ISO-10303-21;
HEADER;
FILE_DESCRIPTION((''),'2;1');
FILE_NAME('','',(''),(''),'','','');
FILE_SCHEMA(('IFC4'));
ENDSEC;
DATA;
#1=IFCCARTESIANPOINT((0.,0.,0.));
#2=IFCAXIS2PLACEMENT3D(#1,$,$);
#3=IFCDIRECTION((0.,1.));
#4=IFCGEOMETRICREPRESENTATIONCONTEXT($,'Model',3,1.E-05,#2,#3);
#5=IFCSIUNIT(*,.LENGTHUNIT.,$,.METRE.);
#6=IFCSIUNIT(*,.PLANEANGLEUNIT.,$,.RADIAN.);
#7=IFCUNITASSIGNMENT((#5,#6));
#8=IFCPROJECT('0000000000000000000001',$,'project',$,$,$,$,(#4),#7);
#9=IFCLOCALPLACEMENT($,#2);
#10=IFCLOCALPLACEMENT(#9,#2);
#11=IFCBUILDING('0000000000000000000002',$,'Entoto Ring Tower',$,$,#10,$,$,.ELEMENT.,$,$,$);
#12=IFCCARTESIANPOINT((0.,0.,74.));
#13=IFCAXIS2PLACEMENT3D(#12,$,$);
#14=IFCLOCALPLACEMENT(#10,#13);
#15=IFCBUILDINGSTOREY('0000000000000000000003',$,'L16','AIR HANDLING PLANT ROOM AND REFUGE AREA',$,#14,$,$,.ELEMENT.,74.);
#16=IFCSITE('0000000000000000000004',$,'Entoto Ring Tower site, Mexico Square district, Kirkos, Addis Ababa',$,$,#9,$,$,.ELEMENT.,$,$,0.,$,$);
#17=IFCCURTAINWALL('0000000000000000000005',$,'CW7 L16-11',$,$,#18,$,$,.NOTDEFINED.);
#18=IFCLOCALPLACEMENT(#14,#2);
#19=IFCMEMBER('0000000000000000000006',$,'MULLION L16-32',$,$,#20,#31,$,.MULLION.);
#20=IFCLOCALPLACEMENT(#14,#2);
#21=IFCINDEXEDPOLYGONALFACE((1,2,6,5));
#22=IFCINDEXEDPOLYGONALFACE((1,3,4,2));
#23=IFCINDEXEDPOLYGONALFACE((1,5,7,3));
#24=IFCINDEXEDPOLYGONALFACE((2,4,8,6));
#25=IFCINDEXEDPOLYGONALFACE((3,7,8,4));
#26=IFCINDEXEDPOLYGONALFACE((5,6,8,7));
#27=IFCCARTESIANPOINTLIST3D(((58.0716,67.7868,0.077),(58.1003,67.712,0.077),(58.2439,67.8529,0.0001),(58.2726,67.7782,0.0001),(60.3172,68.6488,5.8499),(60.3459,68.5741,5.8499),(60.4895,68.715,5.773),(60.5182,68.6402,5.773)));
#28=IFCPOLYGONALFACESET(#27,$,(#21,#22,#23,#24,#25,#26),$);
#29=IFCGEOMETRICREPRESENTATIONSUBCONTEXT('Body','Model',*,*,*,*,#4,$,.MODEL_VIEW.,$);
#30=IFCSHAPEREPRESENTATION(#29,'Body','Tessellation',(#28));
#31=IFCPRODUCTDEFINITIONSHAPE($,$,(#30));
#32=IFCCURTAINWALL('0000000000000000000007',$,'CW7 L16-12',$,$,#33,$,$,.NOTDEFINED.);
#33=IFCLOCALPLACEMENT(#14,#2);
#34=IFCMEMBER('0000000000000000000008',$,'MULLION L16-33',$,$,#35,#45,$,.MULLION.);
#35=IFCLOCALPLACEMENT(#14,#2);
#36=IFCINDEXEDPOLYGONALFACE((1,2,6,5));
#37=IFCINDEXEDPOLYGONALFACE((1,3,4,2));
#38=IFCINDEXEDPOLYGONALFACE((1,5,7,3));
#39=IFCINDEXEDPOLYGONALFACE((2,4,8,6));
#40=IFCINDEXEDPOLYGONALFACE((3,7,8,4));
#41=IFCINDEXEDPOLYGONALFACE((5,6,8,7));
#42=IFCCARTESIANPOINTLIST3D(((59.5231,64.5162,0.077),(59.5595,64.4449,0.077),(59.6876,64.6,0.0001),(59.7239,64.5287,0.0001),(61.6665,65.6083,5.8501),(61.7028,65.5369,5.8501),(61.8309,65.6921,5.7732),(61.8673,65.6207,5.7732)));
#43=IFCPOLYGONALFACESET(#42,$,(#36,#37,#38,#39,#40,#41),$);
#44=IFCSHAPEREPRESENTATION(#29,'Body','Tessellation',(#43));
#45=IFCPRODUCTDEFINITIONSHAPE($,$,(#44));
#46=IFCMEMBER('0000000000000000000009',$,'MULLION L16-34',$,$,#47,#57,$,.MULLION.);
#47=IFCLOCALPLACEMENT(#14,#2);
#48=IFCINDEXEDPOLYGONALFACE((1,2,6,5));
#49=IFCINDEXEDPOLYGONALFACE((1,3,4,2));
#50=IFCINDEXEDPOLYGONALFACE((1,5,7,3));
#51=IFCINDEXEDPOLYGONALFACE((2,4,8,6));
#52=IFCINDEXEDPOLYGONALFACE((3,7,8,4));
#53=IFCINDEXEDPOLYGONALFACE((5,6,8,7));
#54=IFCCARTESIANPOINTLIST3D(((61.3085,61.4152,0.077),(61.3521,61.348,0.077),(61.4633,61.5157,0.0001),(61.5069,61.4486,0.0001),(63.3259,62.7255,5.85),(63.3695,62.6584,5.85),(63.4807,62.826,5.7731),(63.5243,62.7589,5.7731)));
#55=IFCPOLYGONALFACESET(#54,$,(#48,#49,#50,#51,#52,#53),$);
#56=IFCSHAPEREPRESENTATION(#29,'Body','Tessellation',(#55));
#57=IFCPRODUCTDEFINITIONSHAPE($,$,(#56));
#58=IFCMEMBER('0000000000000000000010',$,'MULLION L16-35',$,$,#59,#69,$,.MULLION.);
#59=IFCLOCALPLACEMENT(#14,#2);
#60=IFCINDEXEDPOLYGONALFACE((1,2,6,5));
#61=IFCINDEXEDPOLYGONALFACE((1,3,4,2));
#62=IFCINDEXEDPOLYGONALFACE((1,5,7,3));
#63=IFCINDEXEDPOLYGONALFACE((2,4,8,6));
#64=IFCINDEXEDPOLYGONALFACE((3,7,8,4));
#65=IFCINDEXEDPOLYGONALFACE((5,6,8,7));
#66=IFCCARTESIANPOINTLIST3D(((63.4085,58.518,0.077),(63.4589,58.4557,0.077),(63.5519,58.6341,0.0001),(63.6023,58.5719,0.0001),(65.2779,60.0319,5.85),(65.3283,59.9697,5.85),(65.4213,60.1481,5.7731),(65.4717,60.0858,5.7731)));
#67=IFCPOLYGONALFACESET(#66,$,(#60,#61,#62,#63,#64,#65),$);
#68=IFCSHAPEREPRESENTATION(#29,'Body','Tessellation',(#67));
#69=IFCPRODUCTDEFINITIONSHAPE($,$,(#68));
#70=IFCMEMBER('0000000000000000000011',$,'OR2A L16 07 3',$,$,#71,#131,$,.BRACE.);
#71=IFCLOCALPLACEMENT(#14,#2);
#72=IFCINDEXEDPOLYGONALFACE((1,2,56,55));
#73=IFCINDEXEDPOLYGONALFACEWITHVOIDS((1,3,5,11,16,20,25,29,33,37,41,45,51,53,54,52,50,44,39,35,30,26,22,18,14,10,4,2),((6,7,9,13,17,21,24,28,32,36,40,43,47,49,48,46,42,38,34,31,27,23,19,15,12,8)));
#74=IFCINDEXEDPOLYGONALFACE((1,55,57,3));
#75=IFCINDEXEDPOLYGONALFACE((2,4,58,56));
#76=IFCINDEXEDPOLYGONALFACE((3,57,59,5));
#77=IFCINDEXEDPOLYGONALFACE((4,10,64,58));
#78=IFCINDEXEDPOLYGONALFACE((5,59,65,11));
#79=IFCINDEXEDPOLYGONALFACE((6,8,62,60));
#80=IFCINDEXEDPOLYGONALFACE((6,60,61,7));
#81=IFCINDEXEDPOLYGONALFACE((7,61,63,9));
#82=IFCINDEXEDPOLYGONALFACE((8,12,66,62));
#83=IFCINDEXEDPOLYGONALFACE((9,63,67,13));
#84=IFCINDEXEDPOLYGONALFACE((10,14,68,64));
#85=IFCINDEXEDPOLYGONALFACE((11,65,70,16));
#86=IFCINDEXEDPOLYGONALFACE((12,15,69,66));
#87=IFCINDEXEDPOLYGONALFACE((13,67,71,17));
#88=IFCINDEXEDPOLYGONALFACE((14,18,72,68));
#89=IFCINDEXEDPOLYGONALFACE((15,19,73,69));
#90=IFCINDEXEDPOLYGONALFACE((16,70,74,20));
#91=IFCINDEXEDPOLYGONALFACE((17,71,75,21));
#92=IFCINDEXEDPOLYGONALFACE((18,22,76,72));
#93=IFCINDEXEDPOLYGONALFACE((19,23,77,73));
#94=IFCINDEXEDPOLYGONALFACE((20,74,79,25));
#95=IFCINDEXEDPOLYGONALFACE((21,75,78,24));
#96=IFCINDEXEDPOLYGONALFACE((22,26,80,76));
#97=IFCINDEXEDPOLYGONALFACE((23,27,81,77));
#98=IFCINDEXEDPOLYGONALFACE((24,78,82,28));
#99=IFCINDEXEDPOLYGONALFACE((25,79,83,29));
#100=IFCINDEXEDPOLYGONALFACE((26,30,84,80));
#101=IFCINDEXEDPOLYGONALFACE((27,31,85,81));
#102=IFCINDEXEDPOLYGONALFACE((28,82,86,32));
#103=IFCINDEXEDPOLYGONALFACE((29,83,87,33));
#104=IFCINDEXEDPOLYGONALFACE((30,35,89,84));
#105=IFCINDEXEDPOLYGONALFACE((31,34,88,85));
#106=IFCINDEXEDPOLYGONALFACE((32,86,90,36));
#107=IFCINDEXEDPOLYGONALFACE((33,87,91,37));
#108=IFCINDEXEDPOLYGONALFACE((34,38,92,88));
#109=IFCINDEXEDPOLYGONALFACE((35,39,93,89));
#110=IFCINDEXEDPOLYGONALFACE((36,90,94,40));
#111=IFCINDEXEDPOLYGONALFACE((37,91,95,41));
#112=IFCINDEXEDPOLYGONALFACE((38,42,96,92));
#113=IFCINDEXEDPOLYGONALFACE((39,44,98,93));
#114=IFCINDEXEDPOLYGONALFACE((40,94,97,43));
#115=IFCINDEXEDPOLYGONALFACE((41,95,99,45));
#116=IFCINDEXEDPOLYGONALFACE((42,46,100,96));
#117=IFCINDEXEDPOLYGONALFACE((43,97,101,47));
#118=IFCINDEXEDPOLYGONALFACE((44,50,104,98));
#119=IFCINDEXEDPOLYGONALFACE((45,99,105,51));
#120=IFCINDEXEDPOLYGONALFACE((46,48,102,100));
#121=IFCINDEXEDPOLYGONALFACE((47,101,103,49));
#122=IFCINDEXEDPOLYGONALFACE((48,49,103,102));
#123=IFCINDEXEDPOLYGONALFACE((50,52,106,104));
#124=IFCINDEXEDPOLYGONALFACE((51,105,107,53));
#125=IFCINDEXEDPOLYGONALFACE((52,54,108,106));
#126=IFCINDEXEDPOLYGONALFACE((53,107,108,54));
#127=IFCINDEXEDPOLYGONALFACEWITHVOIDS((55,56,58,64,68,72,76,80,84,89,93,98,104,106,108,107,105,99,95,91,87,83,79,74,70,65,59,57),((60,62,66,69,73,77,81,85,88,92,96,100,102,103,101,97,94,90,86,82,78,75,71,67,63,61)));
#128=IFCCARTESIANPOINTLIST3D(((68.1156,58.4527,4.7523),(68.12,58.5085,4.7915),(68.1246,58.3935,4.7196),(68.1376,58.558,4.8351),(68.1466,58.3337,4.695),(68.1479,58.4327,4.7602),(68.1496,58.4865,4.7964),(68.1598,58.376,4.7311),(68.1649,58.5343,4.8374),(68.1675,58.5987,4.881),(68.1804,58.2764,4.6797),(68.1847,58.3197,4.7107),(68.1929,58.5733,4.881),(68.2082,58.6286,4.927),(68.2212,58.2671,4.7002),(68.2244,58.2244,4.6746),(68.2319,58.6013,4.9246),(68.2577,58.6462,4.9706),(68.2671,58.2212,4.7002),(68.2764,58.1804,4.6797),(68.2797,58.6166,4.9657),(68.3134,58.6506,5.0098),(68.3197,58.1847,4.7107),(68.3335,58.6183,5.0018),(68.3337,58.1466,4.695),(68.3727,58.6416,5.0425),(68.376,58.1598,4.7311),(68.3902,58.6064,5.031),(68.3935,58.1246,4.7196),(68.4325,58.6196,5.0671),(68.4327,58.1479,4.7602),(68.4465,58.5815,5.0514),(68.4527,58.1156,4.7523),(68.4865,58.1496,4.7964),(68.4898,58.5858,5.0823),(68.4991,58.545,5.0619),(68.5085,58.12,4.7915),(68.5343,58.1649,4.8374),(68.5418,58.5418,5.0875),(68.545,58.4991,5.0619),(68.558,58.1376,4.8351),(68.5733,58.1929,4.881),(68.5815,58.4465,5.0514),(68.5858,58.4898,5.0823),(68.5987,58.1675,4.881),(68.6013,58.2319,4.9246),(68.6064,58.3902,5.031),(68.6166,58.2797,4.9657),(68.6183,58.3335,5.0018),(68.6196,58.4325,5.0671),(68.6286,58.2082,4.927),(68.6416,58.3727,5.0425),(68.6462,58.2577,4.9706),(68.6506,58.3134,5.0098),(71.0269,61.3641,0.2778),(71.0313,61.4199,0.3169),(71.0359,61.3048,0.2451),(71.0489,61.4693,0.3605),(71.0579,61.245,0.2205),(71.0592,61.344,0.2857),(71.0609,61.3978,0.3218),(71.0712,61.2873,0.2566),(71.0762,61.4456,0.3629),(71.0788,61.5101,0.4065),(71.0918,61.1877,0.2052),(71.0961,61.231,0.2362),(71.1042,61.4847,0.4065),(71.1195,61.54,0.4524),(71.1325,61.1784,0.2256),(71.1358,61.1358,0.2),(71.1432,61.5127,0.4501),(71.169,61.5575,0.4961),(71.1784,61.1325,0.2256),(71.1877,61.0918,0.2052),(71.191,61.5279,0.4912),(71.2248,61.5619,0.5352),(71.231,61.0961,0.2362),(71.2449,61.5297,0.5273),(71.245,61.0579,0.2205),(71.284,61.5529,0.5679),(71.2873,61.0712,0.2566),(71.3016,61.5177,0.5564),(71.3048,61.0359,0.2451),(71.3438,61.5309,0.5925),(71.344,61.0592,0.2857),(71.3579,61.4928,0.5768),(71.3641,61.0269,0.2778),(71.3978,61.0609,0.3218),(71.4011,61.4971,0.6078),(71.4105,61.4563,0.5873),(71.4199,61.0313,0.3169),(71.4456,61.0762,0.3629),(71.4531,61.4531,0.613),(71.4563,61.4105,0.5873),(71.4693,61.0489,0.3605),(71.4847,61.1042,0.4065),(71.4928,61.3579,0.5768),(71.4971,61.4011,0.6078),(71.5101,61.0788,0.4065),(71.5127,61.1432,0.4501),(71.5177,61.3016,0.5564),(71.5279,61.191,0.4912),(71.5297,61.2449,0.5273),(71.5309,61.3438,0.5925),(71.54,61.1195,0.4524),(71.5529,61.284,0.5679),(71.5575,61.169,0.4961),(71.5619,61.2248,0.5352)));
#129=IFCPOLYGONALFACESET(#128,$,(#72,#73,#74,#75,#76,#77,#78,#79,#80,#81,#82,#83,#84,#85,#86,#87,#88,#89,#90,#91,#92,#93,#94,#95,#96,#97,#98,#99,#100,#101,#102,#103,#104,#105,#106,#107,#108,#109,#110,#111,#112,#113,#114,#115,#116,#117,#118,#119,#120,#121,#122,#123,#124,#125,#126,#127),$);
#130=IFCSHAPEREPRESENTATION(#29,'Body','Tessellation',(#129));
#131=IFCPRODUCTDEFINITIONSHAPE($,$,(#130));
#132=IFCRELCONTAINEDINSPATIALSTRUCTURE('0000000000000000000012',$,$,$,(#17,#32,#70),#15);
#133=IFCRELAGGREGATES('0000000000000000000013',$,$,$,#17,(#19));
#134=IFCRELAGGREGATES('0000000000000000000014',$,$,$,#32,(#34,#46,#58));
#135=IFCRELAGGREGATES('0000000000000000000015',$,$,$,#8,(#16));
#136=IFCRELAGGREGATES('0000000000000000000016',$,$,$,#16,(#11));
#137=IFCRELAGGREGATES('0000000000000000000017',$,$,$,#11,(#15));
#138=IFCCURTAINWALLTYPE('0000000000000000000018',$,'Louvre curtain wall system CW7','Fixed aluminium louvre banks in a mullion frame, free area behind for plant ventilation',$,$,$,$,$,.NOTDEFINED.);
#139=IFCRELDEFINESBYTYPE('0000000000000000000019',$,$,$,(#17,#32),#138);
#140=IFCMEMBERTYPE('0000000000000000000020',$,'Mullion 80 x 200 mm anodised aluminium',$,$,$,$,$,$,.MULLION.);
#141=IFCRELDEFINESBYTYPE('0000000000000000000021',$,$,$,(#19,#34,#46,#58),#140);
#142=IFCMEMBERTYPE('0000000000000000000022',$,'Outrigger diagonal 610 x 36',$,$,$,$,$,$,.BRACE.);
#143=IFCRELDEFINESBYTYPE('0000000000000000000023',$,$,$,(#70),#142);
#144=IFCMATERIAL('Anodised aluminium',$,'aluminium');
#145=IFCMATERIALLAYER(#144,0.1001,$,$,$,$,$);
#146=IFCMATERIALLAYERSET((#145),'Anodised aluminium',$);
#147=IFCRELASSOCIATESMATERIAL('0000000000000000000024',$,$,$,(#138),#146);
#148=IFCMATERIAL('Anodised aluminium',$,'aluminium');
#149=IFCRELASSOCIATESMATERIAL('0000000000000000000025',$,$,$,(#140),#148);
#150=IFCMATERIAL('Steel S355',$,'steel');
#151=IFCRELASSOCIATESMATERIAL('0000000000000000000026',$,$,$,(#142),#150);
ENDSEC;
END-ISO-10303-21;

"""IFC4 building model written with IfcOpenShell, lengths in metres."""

from ifc_helpers import new_model, si_unit, direction, frame, origin, origin_2d, place, context, subcontext, project, spatial, rectangle, circle, hollow_circle, extrude, material, layer, layer_set, material_profile, profile_set, type_object, element, aggregate, save


model = new_model("IFC4")

# Units and contexts
model_context = context("Model", 3, precision=1e-05, world=origin(), true_north=direction((0.0, 1.0)))
body_context = subcontext(model_context, "Body", "Model", "MODEL_VIEW")
ifc_project = project(units=[si_unit("LENGTHUNIT", "METRE"), si_unit("PLANEANGLEUNIT", "RADIAN")], contexts=[model_context])

# Site, building, storey
site_placement = place(None, origin())
site = spatial("IfcSite", under=ifc_project, at=site_placement, Name="Entoto Ring Tower site, Mexico Square district, Kirkos, Addis Ababa", CompositionType="ELEMENT", RefElevation=0.0)
building_placement = place(site_placement, origin())
building = spatial("IfcBuilding", under=site, at=building_placement, Name="Entoto Ring Tower", CompositionType="ELEMENT")
storey_placement = place(building_placement, frame((0.0, 0.0, 74.0)))
storey = spatial("IfcBuildingStorey", under=building, at=storey_placement, Name="L16", Description="AIR HANDLING PLANT ROOM AND REFUGE AREA", CompositionType="ELEMENT", Elevation=74.0)

# Curtain walls, members
ifc_material_1 = material(Name="Anodised aluminium", Category="aluminium")
ifc_layer_1 = layer(ifc_material_1, 0.1001)
ifc_layer_set_1 = layer_set([ifc_layer_1], Name="Anodised aluminium")
curtain_wall_type = type_object("IfcCurtainWallType", Name="Louvre curtain wall system CW7", Description="Fixed aluminium louvre banks in a mullion frame, free area behind for plant ventilation", PredefinedType="NOTDEFINED", material=ifc_layer_set_1)
curtain_wall_1_placement = place(storey_placement, origin())
curtain_wall_1 = element("IfcCurtainWall", 1, at=curtain_wall_1_placement, inside=storey, type_object=curtain_wall_type, Name="CW7 L16-11", PredefinedType="NOTDEFINED")
ifc_material_2 = material(Name="Anodised aluminium", Category="aluminium")
ifc_material_profile_1 = material_profile(ifc_material_2, rectangle(XDim=0.0801, YDim=0.2, at=origin_2d()), Name="Mullion 80 x 200 mm anodised aluminium")
ifc_profile_set_1 = profile_set([ifc_material_profile_1], Name="Anodised aluminium")
member_type_1 = type_object("IfcMemberType", Name="Mullion 80 x 200 mm anodised aluminium", PredefinedType="MULLION", material=ifc_profile_set_1)
member_1_placement = place(storey_placement, frame((58.1721, 67.7825, 0.0386), z_axis=(0.359066, 0.137841, 0.923077), x_axis=(-0.358387, 0.933573, 0.0)))
member_1 = element("IfcMember", 2, at=member_1_placement, type_object=member_type_1, Name="MULLION L16-32", PredefinedType="MULLION", context=body_context, shape_type="SweptSolid", body=[
    extrude(rectangle(XDim=0.0801, YDim=0.2, at=origin_2d()), origin(), (0.0, 0.0, 1.0), 6.2539),
])
aggregate(curtain_wall_1, [member_1])
curtain_wall_2_placement = place(storey_placement, origin())
curtain_wall_2 = element("IfcCurtainWall", 3, at=curtain_wall_2_placement, inside=storey, type_object=curtain_wall_type, Name="CW7 L16-12", PredefinedType="NOTDEFINED")
member_2_placement = place(storey_placement, frame((59.6235, 64.5225, 0.0386), z_axis=(0.342707, 0.174613, 0.923072), x_axis=(-0.453981, 0.891012, 0.0)))
member_2 = element("IfcMember", 4, at=member_2_placement, type_object=member_type_1, Name="MULLION L16-33", PredefinedType="MULLION", context=body_context, shape_type="SweptSolid", body=[
    extrude(rectangle(XDim=0.0801, YDim=0.2, at=origin_2d()), origin(), (0.0, 0.0, 1.0), 6.2542),
])
member_3_placement = place(storey_placement, frame((61.4077, 61.4319, 0.0386), z_axis=(0.322563, 0.209512, 0.92307), x_axis=(-0.544706, 0.838627, 0.0)))
member_3 = element("IfcMember", 5, at=member_3_placement, type_object=member_type_1, Name="MULLION L16-34", PredefinedType="MULLION", context=body_context, shape_type="SweptSolid", body=[
    extrude(rectangle(XDim=0.0801, YDim=0.2, at=origin_2d()), origin(), (0.0, 0.0, 1.0), 6.2542),
])
member_4_placement = place(storey_placement, frame((63.5054, 58.5449, 0.0386), z_axis=(0.298907, 0.242069, 0.92307), x_axis=(-0.62935, 0.777122, 0.0)))
member_4 = element("IfcMember", 6, at=member_4_placement, type_object=member_type_1, Name="MULLION L16-35", PredefinedType="MULLION", context=body_context, shape_type="SweptSolid", body=[
    extrude(rectangle(XDim=0.0801, YDim=0.2, at=origin_2d()), origin(), (0.0, 0.0, 1.0), 6.2542),
])
aggregate(curtain_wall_2, [member_2, member_3, member_4])

# Member
ifc_material_3 = material(Name="Steel S355", Category="steel")
ifc_material_profile_2 = material_profile(ifc_material_3, hollow_circle(Radius=0.3049, WallThickness=0.0359, at=origin_2d()), Name="CHS 610 x 36")
ifc_material_4 = material(Name="Concrete C60/75", Category="concrete")
ifc_material_profile_3 = material_profile(ifc_material_4, circle(Radius=0.269, at=origin_2d()), Name="Concrete C60/75 infill")
ifc_profile_set_2 = profile_set([ifc_material_profile_2, ifc_material_profile_3], Name="Steel S355")
member_type_2 = type_object("IfcMemberType", Name="Outrigger diagonal 610 x 36", PredefinedType="BRACE", material=ifc_profile_set_2)
member_5_placement = place(storey_placement, frame((71.2944, 61.2944, 0.4065), z_axis=(-0.478793, -0.478793, 0.735876), x_axis=(0.707107, -0.707107, 0.0)))
element("IfcMember", 7, at=member_5_placement, inside=storey, type_object=member_type_2, Name="OR2A L16 07 3", PredefinedType="BRACE", context=body_context, shape_type="SweptSolid", body=[
    extrude(hollow_circle(Radius=0.3049, WallThickness=0.0359, at=origin_2d()), origin(), (0.0, 0.0, 1.0), 6.0806),
])

save(model, "model.ifc")
